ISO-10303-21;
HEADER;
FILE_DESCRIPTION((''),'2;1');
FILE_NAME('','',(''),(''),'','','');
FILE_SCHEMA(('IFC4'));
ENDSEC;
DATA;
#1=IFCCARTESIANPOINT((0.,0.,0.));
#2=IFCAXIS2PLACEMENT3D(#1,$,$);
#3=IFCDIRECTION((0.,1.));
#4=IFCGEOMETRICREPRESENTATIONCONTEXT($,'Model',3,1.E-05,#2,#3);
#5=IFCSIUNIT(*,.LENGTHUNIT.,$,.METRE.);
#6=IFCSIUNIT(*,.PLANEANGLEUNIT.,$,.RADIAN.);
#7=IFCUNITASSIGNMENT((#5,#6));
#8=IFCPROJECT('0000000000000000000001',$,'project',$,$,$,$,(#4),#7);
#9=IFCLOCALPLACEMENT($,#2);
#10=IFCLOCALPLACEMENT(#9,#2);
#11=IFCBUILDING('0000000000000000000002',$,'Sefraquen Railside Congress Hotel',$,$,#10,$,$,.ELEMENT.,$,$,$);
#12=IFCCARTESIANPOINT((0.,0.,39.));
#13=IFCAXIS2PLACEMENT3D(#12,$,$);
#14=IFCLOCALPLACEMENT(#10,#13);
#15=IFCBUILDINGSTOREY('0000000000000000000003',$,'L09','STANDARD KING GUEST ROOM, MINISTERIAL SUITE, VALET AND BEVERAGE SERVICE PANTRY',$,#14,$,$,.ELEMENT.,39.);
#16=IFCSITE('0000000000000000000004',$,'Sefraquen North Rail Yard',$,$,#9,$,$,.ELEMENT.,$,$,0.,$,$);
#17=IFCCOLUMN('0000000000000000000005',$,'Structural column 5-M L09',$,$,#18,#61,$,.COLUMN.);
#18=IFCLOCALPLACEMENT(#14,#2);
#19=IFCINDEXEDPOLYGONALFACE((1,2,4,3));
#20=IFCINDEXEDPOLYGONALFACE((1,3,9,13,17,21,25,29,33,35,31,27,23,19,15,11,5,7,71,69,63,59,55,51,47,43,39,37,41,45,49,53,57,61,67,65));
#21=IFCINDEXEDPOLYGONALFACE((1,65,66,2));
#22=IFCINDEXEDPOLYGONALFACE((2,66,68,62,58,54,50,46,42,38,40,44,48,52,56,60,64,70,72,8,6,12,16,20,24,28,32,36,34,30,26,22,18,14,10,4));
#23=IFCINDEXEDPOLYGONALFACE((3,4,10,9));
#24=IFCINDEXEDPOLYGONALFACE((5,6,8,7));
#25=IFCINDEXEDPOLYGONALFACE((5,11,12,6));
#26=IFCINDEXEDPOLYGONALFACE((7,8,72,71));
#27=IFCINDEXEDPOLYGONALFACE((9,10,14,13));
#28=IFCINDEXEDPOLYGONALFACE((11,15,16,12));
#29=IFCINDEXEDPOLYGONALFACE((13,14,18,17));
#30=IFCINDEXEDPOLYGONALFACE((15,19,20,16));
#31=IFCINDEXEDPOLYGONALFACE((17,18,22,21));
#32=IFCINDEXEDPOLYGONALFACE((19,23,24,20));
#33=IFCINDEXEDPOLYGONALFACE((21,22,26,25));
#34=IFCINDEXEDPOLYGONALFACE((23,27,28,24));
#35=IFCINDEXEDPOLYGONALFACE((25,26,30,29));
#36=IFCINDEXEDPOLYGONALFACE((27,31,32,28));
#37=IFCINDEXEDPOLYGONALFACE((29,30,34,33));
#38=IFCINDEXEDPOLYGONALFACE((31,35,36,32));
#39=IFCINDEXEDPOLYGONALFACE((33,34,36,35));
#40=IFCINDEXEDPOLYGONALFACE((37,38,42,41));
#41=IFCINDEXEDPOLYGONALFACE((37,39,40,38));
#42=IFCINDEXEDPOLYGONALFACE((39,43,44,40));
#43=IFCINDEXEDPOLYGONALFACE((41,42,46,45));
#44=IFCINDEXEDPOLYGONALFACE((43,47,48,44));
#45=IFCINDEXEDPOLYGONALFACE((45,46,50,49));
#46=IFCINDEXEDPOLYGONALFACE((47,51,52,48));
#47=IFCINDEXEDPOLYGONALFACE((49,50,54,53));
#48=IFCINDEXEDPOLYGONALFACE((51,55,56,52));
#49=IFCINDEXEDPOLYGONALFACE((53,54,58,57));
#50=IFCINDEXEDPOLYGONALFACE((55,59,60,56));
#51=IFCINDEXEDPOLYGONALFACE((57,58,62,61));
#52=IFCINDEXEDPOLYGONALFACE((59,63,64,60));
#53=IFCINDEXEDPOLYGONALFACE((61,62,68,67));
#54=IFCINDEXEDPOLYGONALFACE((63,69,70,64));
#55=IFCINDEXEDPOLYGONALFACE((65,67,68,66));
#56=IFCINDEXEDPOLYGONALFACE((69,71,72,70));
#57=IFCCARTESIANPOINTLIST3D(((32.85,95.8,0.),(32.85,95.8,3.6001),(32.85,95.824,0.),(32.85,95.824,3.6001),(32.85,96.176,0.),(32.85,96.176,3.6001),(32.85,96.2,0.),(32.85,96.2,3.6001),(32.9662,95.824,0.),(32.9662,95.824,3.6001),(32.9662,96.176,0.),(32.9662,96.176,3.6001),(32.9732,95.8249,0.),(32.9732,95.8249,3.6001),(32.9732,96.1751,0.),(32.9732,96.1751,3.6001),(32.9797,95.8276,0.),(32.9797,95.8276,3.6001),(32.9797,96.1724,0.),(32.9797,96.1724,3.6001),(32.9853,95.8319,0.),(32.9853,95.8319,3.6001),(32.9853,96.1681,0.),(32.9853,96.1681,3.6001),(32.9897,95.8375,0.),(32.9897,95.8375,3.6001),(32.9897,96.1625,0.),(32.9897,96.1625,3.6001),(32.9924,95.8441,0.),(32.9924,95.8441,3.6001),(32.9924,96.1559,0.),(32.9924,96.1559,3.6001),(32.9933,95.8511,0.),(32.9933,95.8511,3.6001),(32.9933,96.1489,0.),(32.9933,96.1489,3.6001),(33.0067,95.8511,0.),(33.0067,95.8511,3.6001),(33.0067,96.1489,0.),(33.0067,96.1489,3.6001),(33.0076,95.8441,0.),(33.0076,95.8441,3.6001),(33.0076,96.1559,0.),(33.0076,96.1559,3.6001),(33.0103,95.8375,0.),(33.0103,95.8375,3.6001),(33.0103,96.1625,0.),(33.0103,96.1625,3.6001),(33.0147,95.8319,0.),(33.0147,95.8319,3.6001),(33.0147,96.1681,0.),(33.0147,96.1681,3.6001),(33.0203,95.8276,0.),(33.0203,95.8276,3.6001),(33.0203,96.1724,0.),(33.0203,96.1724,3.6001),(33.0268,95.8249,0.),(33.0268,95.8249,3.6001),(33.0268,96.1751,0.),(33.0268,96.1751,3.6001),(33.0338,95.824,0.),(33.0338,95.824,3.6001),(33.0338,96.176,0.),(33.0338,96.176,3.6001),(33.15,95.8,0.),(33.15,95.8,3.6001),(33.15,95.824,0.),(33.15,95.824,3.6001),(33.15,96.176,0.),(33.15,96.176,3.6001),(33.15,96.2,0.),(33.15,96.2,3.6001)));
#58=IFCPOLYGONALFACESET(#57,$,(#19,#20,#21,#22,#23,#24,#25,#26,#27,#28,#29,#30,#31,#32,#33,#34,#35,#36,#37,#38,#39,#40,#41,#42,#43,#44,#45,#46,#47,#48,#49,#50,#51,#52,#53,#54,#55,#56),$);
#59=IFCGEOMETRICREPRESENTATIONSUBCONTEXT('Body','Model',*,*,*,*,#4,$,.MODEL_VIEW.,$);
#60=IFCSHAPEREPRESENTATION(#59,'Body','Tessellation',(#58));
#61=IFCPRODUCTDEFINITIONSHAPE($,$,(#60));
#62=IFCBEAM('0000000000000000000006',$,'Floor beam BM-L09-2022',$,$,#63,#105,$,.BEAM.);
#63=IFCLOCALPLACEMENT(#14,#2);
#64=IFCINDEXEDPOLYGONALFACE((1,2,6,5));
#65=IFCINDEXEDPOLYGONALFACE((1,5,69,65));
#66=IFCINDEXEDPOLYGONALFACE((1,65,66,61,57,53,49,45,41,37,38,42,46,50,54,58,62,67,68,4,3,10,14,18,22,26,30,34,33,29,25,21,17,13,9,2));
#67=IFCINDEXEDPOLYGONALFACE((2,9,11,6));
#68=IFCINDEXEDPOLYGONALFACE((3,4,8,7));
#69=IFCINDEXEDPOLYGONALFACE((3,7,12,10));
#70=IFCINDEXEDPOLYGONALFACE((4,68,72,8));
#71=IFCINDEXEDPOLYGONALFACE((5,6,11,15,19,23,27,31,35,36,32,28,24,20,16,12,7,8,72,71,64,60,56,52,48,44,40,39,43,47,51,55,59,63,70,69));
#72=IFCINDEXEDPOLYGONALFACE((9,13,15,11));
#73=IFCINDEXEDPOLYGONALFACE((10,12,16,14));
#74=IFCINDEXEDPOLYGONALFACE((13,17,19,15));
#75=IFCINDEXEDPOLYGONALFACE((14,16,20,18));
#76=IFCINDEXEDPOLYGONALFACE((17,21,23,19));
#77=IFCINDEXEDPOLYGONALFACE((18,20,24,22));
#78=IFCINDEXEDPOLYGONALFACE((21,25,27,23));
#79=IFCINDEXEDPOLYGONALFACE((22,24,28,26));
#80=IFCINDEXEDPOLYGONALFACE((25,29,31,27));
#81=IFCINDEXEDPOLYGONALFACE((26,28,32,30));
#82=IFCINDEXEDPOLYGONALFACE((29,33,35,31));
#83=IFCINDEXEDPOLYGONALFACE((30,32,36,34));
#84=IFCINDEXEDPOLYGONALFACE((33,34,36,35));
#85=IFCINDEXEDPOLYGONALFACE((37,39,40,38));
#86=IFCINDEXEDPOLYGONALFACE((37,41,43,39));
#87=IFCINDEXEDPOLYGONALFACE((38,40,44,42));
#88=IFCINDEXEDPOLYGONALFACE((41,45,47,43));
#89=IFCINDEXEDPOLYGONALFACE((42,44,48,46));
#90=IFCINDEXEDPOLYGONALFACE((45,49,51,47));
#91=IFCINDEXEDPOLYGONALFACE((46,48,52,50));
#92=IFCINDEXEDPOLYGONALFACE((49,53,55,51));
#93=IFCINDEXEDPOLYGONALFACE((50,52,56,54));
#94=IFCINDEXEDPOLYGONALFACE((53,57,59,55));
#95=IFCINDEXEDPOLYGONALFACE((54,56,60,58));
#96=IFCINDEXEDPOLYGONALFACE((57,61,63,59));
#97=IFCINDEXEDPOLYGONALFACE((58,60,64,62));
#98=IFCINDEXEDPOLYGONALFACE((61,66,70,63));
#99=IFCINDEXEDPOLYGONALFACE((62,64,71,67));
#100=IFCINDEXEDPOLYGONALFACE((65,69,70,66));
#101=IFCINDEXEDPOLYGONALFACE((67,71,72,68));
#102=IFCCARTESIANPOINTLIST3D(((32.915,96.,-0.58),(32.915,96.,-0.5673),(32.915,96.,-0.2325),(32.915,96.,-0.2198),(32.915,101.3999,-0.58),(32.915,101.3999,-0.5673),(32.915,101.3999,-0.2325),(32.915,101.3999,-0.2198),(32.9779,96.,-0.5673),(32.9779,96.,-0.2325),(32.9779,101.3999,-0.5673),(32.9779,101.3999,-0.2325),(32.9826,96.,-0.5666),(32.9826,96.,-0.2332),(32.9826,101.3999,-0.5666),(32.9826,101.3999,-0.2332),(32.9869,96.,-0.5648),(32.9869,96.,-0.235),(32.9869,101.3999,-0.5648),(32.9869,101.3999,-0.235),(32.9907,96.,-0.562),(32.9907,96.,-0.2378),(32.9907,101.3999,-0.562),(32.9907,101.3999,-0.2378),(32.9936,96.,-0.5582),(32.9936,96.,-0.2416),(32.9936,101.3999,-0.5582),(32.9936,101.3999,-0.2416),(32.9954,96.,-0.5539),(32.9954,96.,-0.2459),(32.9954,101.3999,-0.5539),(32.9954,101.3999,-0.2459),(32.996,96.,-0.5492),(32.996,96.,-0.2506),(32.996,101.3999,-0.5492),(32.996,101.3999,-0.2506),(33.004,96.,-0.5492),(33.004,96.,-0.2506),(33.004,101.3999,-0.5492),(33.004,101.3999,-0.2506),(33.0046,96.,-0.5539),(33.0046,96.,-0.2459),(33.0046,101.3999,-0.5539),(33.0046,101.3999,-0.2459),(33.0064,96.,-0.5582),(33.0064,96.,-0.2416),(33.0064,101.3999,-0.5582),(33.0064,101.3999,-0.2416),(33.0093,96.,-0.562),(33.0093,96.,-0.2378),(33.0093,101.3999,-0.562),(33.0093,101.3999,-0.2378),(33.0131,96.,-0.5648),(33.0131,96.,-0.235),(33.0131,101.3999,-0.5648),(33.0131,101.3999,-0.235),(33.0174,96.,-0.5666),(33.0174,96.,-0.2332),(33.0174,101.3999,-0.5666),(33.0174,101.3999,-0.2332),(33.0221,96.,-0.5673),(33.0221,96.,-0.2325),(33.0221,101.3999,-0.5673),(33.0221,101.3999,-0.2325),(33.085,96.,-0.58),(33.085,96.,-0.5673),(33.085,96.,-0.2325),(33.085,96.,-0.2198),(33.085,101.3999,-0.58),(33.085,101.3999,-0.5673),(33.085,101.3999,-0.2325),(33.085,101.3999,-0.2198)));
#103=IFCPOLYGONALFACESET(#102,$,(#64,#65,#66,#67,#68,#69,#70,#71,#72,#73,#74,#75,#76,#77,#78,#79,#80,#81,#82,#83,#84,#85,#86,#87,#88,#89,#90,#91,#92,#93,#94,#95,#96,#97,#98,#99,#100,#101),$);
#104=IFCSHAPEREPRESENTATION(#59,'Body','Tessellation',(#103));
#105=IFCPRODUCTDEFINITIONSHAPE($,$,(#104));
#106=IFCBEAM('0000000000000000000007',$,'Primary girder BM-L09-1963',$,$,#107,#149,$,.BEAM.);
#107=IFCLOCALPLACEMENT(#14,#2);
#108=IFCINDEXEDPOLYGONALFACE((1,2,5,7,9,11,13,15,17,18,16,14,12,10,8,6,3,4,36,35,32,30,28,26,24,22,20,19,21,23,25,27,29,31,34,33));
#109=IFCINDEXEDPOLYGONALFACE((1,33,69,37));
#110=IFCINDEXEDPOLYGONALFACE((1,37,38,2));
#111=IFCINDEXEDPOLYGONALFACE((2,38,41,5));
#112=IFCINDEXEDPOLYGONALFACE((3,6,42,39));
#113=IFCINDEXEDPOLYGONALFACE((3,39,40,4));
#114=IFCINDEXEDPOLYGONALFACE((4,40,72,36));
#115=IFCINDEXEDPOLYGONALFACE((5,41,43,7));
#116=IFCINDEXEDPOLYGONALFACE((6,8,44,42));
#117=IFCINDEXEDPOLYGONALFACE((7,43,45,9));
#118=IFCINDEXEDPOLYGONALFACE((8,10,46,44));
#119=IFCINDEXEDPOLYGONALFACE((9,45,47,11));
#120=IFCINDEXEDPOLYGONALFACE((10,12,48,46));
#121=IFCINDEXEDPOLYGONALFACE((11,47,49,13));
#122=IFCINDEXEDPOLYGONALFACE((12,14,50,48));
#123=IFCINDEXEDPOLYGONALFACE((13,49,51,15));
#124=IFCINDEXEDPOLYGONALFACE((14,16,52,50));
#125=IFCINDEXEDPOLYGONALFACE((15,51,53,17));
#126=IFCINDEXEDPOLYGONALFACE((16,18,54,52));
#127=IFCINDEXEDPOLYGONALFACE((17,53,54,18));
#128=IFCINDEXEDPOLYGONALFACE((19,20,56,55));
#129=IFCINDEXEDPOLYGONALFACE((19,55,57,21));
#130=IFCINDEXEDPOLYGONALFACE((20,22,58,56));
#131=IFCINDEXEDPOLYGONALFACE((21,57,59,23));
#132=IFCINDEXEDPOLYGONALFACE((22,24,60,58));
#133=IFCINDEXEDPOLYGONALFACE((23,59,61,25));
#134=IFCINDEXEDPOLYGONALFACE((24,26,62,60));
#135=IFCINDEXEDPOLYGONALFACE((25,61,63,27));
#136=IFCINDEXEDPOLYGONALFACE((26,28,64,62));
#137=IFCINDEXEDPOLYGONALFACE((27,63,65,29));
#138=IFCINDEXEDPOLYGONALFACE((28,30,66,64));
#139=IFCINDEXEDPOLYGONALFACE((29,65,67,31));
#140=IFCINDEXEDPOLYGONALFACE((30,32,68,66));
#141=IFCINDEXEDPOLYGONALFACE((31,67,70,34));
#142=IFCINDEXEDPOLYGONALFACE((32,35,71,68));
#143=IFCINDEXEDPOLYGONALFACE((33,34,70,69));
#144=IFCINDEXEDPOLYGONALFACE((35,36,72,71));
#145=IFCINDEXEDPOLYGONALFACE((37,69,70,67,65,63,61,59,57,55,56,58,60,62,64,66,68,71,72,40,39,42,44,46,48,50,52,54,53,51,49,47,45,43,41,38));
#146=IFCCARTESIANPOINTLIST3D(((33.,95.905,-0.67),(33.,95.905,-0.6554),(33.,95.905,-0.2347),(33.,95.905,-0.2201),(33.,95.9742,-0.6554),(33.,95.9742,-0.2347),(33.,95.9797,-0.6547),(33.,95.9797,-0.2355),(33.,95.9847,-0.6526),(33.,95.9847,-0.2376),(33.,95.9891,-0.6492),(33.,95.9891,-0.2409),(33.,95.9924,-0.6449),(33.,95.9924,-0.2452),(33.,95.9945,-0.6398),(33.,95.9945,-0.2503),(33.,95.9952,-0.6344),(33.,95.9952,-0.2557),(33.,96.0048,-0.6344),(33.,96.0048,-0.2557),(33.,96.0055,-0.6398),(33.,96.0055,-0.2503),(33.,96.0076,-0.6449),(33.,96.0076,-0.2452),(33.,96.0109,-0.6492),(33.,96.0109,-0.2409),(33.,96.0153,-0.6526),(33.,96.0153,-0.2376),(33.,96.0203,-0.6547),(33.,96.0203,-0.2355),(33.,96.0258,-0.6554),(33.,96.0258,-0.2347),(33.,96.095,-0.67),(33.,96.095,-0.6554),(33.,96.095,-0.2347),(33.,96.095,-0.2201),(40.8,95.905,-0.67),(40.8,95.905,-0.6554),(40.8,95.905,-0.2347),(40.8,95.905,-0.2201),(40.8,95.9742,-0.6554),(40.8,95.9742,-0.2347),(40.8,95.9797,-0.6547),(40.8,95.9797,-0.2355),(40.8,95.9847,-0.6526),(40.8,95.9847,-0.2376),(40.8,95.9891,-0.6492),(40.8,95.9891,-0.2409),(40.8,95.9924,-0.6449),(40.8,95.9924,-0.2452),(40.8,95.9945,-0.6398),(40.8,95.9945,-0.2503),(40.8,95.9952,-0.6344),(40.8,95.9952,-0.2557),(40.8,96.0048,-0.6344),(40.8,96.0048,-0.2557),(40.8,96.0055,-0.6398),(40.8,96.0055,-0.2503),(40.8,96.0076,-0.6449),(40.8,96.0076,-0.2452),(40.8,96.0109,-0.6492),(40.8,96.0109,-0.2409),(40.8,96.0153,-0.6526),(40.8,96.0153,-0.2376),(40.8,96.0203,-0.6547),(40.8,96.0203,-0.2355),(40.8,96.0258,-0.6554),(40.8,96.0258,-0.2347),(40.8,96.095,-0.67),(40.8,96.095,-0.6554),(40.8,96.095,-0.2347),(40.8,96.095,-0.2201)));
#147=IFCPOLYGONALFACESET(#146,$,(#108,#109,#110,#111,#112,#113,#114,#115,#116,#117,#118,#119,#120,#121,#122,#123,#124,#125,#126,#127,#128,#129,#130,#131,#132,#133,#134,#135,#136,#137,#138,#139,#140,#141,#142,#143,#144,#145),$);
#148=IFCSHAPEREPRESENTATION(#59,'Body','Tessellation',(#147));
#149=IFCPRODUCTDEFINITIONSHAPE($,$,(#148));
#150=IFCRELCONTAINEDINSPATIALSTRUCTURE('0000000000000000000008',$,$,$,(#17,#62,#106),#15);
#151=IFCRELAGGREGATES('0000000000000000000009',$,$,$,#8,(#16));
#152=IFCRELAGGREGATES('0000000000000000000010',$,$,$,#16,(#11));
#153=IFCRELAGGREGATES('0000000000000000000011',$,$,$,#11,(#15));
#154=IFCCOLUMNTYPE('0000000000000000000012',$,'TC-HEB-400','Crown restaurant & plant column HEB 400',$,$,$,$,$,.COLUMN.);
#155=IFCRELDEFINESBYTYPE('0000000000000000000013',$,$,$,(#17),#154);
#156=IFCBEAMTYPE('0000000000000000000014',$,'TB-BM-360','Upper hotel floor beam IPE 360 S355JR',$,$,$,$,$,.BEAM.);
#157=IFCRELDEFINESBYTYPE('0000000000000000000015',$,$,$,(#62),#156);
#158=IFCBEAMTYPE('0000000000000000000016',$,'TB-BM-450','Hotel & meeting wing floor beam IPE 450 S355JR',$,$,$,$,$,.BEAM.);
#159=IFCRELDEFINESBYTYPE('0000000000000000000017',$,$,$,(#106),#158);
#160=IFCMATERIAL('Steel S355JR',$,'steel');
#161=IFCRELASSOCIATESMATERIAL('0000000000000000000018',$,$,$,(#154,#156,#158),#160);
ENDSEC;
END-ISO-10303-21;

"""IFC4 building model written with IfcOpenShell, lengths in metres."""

from ifc_helpers import new_model, si_unit, direction, frame, origin, origin_2d, place, context, subcontext, project, spatial, i_section, extrude, material, material_profile, profile_set, type_object, element, save


model = new_model("IFC4")

# Units and contexts
model_context = context("Model", 3, precision=1e-05, world=origin(), true_north=direction((0.0, 1.0)))
body_context = subcontext(model_context, "Body", "Model", "MODEL_VIEW")
ifc_project = project(units=[si_unit("LENGTHUNIT", "METRE"), si_unit("PLANEANGLEUNIT", "RADIAN")], contexts=[model_context])

# Site, building, storey
site_placement = place(None, origin())
site = spatial("IfcSite", under=ifc_project, at=site_placement, Name="Sefraquen North Rail Yard", CompositionType="ELEMENT", RefElevation=0.0)
building_placement = place(site_placement, origin())
building = spatial("IfcBuilding", under=site, at=building_placement, Name="Sefraquen Railside Congress Hotel", CompositionType="ELEMENT")
storey_placement = place(building_placement, frame((0.0, 0.0, 39.0)))
storey = spatial("IfcBuildingStorey", under=building, at=storey_placement, Name="L09", Description="STANDARD KING GUEST ROOM, MINISTERIAL SUITE, VALET AND BEVERAGE SERVICE PANTRY", CompositionType="ELEMENT", Elevation=39.0)

# Column
ifc_material_1 = material(Name="Steel S355JR", Category="steel")
ifc_material_profile_1 = material_profile(ifc_material_1, i_section(OverallWidth=0.3, OverallDepth=0.3999, WebThickness=0.0134, FlangeThickness=0.0239, FilletRadius=0.0271, at=origin_2d()), Name="HEB 400")
ifc_profile_set_1 = profile_set([ifc_material_profile_1], Name="Steel S355JR")
column_type = type_object("IfcColumnType", Name="TC-HEB-400", Description="Crown restaurant & plant column HEB 400", PredefinedType="COLUMN", material=ifc_profile_set_1)
column_placement = place(storey_placement, frame((33.0, 96.0, 0.0), z_axis=(0.0, 0.0, 1.0), x_axis=(1.0, 0.0, 0.0)))
element("IfcColumn", 1, at=column_placement, inside=storey, type_object=column_type, Name="Structural column 5-M L09", PredefinedType="COLUMN", context=body_context, shape_type="SweptSolid", body=[
    extrude(i_section(OverallWidth=0.3, OverallDepth=0.3999, WebThickness=0.0134, FlangeThickness=0.0239, FilletRadius=0.0271, at=origin_2d()), origin(), (0.0, 0.0, 1.0), 3.6001),
])

# Beams
ifc_material_profile_2 = material_profile(ifc_material_1, i_section(OverallWidth=0.1699, OverallDepth=0.3601, WebThickness=0.0081, FlangeThickness=0.0127, FilletRadius=0.0181, at=origin_2d()), Name="IPE 360")
ifc_profile_set_2 = profile_set([ifc_material_profile_2], Name="Steel S355JR")
beam_type_1 = type_object("IfcBeamType", Name="TB-BM-360", Description="Upper hotel floor beam IPE 360 S355JR", PredefinedType="BEAM", material=ifc_profile_set_2)
beam_1_placement = place(storey_placement, frame((33.0, 96.0, -0.3999), z_axis=(0.0, 1.0, 0.0), x_axis=(-1.0, 0.0, 0.0)))
element("IfcBeam", 2, at=beam_1_placement, inside=storey, type_object=beam_type_1, Name="Floor beam BM-L09-2022", PredefinedType="BEAM", context=body_context, shape_type="SweptSolid", body=[
    extrude(i_section(OverallWidth=0.1699, OverallDepth=0.3601, WebThickness=0.0081, FlangeThickness=0.0127, FilletRadius=0.0181, at=origin_2d()), origin(), (0.0, 0.0, 1.0), 5.3999),
])
ifc_material_profile_3 = material_profile(ifc_material_1, i_section(OverallWidth=0.1899, OverallDepth=0.45, WebThickness=0.0095, FlangeThickness=0.0146, FilletRadius=0.021, at=origin_2d()), Name="IPE 450")
ifc_profile_set_3 = profile_set([ifc_material_profile_3], Name="Steel S355JR")
beam_type_2 = type_object("IfcBeamType", Name="TB-BM-450", Description="Hotel & meeting wing floor beam IPE 450 S355JR", PredefinedType="BEAM", material=ifc_profile_set_3)
beam_2_placement = place(storey_placement, frame((33.0, 96.0, -0.4451), z_axis=(1.0, 0.0, 0.0), x_axis=(0.0, 1.0, 0.0)))
element("IfcBeam", 3, at=beam_2_placement, inside=storey, type_object=beam_type_2, Name="Primary girder BM-L09-1963", PredefinedType="BEAM", context=body_context, shape_type="SweptSolid", body=[
    extrude(i_section(OverallWidth=0.1899, OverallDepth=0.45, WebThickness=0.0095, FlangeThickness=0.0146, FilletRadius=0.021, at=origin_2d()), origin(), (0.0, 0.0, 1.0), 7.8),
])

save(model, "model.ifc")
